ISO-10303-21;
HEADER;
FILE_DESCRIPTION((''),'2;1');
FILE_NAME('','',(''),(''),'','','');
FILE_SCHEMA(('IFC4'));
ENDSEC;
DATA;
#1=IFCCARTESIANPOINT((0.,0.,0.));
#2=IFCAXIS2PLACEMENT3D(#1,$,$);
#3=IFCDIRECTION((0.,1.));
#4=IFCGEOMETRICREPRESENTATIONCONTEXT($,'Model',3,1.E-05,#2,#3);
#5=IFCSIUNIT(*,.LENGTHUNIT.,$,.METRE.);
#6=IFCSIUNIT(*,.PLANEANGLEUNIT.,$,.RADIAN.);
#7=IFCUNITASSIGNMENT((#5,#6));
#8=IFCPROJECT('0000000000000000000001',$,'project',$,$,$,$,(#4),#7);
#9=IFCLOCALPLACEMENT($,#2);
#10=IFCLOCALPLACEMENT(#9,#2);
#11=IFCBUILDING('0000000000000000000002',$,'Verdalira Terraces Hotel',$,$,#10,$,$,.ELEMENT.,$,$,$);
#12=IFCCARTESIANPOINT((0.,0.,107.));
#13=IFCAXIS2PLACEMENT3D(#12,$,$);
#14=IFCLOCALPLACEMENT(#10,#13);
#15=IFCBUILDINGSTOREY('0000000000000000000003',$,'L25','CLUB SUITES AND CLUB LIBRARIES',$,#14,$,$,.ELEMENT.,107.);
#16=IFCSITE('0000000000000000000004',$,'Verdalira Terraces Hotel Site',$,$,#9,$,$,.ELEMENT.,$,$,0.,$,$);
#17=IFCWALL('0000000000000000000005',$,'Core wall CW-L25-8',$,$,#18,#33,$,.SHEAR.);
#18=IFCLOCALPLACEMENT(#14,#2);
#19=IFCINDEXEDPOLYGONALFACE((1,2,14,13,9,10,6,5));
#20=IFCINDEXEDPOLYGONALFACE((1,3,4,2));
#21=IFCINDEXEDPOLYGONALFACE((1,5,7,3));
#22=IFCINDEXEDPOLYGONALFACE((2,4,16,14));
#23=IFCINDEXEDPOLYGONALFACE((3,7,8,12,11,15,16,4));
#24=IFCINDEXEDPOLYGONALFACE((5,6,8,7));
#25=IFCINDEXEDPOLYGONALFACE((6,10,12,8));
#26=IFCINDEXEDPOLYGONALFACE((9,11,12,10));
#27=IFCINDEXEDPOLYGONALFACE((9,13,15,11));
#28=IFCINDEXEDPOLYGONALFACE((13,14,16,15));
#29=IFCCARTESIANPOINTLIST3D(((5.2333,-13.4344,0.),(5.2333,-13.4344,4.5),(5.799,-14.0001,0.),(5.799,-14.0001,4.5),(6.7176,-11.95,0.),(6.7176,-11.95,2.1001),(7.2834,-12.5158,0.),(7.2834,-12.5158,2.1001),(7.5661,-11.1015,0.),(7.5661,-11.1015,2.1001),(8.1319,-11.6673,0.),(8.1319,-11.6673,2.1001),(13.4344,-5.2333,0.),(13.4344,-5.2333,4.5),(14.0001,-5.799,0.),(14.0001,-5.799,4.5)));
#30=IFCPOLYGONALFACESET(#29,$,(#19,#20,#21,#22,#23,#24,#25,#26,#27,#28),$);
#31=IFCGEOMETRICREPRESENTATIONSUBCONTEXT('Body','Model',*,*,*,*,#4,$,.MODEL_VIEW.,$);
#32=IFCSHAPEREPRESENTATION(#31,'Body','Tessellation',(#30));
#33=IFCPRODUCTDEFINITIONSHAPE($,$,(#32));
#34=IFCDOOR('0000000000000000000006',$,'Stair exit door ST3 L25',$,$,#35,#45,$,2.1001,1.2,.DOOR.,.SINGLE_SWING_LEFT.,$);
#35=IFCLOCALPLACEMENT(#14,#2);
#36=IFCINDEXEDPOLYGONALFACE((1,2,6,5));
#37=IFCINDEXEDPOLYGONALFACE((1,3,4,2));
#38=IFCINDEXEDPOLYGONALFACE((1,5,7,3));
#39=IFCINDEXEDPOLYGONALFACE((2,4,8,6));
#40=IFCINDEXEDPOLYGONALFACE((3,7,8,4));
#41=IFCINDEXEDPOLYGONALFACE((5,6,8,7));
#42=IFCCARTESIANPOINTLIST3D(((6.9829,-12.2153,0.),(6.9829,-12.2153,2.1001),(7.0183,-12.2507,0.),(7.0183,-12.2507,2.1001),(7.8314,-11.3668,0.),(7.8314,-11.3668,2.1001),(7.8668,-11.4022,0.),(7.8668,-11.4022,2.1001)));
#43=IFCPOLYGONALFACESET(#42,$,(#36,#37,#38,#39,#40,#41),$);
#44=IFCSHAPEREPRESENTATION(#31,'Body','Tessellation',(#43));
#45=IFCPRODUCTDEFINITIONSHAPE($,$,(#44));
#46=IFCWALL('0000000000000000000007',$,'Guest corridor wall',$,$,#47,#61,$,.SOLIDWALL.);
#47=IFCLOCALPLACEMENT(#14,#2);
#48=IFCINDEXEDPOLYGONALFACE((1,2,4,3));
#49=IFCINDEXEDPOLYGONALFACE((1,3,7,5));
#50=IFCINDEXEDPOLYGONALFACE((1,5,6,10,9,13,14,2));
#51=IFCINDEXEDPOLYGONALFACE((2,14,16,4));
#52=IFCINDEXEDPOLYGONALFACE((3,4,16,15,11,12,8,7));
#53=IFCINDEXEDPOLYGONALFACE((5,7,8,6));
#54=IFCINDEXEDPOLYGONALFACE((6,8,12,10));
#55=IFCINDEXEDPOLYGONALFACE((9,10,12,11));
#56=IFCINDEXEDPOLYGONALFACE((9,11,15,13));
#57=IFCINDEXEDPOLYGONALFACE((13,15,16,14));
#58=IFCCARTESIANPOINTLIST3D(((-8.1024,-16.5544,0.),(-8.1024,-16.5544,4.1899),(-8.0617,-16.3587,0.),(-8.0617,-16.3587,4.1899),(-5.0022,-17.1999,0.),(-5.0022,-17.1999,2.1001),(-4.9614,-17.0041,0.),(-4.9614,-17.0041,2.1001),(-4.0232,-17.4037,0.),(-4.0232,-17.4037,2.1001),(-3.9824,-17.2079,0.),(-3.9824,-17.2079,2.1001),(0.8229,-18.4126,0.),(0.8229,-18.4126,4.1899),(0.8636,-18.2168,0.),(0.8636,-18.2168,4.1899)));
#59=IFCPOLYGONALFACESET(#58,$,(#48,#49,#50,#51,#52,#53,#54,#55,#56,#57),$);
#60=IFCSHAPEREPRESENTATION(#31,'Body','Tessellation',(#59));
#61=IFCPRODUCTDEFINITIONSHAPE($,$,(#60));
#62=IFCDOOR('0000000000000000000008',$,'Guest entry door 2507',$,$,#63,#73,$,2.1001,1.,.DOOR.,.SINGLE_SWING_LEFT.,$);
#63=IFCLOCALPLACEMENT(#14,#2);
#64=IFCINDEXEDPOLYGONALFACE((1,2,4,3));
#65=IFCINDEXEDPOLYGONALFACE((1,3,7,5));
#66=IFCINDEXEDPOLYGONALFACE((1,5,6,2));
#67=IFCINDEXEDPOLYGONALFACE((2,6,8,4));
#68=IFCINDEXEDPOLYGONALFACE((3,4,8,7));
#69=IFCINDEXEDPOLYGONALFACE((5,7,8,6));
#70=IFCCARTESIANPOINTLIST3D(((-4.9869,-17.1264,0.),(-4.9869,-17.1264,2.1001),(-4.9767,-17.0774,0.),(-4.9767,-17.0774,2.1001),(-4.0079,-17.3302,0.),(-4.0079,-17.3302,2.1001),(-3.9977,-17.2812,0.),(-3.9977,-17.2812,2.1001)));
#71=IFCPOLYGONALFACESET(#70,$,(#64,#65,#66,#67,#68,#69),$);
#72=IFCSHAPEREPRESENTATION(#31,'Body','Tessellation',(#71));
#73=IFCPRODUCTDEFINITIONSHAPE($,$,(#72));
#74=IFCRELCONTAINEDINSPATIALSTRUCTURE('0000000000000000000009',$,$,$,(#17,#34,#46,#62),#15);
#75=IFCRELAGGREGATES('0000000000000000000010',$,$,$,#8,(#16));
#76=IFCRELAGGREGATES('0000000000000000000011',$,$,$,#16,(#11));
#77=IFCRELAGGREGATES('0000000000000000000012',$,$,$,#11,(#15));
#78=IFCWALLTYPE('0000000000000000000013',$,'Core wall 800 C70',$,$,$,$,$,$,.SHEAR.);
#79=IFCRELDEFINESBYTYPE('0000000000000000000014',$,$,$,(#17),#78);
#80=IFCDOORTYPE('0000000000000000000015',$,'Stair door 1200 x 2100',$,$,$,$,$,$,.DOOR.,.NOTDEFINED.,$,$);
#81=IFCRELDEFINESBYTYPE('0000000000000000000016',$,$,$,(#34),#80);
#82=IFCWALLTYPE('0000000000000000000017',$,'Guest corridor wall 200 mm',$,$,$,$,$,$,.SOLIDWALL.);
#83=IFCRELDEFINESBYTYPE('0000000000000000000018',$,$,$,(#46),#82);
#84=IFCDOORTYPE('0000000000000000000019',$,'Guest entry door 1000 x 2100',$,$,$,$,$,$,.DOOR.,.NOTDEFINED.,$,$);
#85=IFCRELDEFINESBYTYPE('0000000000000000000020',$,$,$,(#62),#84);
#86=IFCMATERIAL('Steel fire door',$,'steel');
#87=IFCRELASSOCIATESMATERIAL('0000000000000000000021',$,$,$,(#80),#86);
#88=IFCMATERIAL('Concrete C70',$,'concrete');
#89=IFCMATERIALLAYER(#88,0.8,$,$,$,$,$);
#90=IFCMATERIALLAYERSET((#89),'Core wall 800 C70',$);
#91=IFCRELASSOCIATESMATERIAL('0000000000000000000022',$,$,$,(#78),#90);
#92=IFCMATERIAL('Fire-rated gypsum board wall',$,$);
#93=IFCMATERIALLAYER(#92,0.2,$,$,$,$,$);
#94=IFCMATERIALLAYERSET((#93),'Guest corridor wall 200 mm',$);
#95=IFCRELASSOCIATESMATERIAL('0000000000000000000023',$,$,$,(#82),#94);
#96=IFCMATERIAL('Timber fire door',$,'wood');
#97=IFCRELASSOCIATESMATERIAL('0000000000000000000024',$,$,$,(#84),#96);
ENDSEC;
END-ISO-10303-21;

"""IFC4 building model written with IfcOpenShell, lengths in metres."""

from ifc_helpers import new_model, si_unit, direction, frame, frame_2d, origin, place, context, subcontext, project, spatial, rectangle, extrude, material, layer, layer_set, type_object, element, fill, save


model = new_model("IFC4")

# Units and contexts
model_context = context("Model", 3, precision=1e-05, world=origin(), true_north=direction((0.0, 1.0)))
body_context = subcontext(model_context, "Body", "Model", "MODEL_VIEW")
ifc_project = project(units=[si_unit("LENGTHUNIT", "METRE"), si_unit("PLANEANGLEUNIT", "RADIAN")], contexts=[model_context])

# Site, building, storey
site_placement = place(None, origin())
site = spatial("IfcSite", under=ifc_project, at=site_placement, Name="Verdalira Terraces Hotel Site", CompositionType="ELEMENT", RefElevation=0.0)
building_placement = place(site_placement, origin())
building = spatial("IfcBuilding", under=site, at=building_placement, Name="Verdalira Terraces Hotel", CompositionType="ELEMENT")
storey_placement = place(building_placement, frame((0.0, 0.0, 107.0)))
storey = spatial("IfcBuildingStorey", under=building, at=storey_placement, Name="L25", Description="CLUB SUITES AND CLUB LIBRARIES", CompositionType="ELEMENT", Elevation=107.0)

# Shared definitions
ifc_material_1 = material(Name="Steel fire door", Category="steel")
door_type_1 = type_object("IfcDoorType", Name="Stair door 1200 x 2100", OperationType="NOTDEFINED", PredefinedType="DOOR", material=ifc_material_1)

# Walls, openings, doors
ifc_material_2 = material(Name="Concrete C70", Category="concrete")
ifc_layer_1 = layer(ifc_material_2, 0.8)
ifc_layer_set_1 = layer_set([ifc_layer_1], Name="Core wall 800 C70")
wall_type_1 = type_object("IfcWallType", Name="Core wall 800 C70", PredefinedType="SHEAR", material=ifc_layer_set_1)
wall_1_placement = place(storey_placement, frame((5.5161, -13.7173, 0.0), z_axis=(0.0, 0.0, 1.0), x_axis=(0.707107, 0.707107, 0.0)))
wall_1 = element("IfcWall", 1, at=wall_1_placement, inside=storey, type_object=wall_type_1, Name="Core wall CW-L25-8", PredefinedType="SHEAR", context=body_context, shape_type="SweptSolid", body=[
    extrude(rectangle(XDim=11.5981, YDim=0.8, at=frame_2d((5.7991, 0.0))), origin(), (0.0, 0.0, 1.0), 4.5),
])
opening_1_placement = place(wall_1_placement, frame((2.0991, 0.0, 0.0)))
opening_1 = element("IfcOpeningElement", 2, at=opening_1_placement, cuts=wall_1, PredefinedType="OPENING", context=body_context, shape_type="SweptSolid", body=[
    extrude(rectangle(XDim=1.2, YDim=2.1001, at=frame_2d((0.6001, 1.05))), frame((0.0, 0.4099, 0.0), z_axis=(0.0, -1.0, 0.0), x_axis=(1.0, 0.0, 0.0)), (0.0, 0.0, 1.0), 0.8201),
])
door_1_placement = place(opening_1_placement, origin())
door_1 = element("IfcDoor", 3, at=door_1_placement, inside=storey, type_object=door_type_1, Name="Stair exit door ST3 L25", OperationType="SINGLE_SWING_LEFT", OverallHeight=2.1001, OverallWidth=1.2, PredefinedType="DOOR", context=body_context, shape_type="SweptSolid", body=[
    extrude(rectangle(XDim=1.2, YDim=2.1001, at=frame_2d((0.6001, 1.05))), frame((0.0, 0.0249, 0.0), z_axis=(0.0, -1.0, 0.0), x_axis=(1.0, 0.0, 0.0)), (0.0, 0.0, 1.0), 0.05),
])
fill(opening_1, door_1)
ifc_material_3 = material(Name="Fire-rated gypsum board wall")
ifc_layer_2 = layer(ifc_material_3, 0.2)
ifc_layer_set_2 = layer_set([ifc_layer_2], Name="Guest corridor wall 200 mm")
wall_type_2 = type_object("IfcWallType", Name="Guest corridor wall 200 mm", PredefinedType="SOLIDWALL", material=ifc_layer_set_2)
wall_2_placement = place(storey_placement, frame((0.8433, -18.3147, 0.0), z_axis=(0.0, 0.0, 1.0), x_axis=(-0.979008, 0.20382, 0.0)))
wall_2 = element("IfcWall", 4, at=wall_2_placement, inside=storey, type_object=wall_type_2, Name="Guest corridor wall", PredefinedType="SOLIDWALL", context=body_context, shape_type="SweptSolid", body=[
    extrude(rectangle(XDim=9.1167, YDim=0.2, at=frame_2d((4.5583, 0.0))), origin(), (0.0, 0.0, 1.0), 4.1899),
])
opening_2_placement = place(wall_2_placement, frame((4.95, 0.0, 0.0)))
opening_2 = element("IfcOpeningElement", 5, at=opening_2_placement, cuts=wall_2, PredefinedType="OPENING", context=body_context, shape_type="SweptSolid", body=[
    extrude(rectangle(XDim=1.0, YDim=2.1001, at=frame_2d((0.5, 1.05))), frame((0.0, 0.1099, 0.0), z_axis=(0.0, -1.0, 0.0), x_axis=(1.0, 0.0, 0.0)), (0.0, 0.0, 1.0), 0.22),
])
ifc_material_4 = material(Name="Timber fire door", Category="wood")
door_type_2 = type_object("IfcDoorType", Name="Guest entry door 1000 x 2100", OperationType="NOTDEFINED", PredefinedType="DOOR", material=ifc_material_4)
door_2_placement = place(opening_2_placement, origin())
door_2 = element("IfcDoor", 6, at=door_2_placement, inside=storey, type_object=door_type_2, Name="Guest entry door 2507", OperationType="SINGLE_SWING_LEFT", OverallHeight=2.1001, OverallWidth=1.0, PredefinedType="DOOR", context=body_context, shape_type="SweptSolid", body=[
    extrude(rectangle(XDim=1.0, YDim=2.1001, at=frame_2d((0.5, 1.05))), frame((0.0, 0.0249, 0.0), z_axis=(0.0, -1.0, 0.0), x_axis=(1.0, 0.0, 0.0)), (0.0, 0.0, 1.0), 0.05),
])
fill(opening_2, door_2)

save(model, "model.ifc")
